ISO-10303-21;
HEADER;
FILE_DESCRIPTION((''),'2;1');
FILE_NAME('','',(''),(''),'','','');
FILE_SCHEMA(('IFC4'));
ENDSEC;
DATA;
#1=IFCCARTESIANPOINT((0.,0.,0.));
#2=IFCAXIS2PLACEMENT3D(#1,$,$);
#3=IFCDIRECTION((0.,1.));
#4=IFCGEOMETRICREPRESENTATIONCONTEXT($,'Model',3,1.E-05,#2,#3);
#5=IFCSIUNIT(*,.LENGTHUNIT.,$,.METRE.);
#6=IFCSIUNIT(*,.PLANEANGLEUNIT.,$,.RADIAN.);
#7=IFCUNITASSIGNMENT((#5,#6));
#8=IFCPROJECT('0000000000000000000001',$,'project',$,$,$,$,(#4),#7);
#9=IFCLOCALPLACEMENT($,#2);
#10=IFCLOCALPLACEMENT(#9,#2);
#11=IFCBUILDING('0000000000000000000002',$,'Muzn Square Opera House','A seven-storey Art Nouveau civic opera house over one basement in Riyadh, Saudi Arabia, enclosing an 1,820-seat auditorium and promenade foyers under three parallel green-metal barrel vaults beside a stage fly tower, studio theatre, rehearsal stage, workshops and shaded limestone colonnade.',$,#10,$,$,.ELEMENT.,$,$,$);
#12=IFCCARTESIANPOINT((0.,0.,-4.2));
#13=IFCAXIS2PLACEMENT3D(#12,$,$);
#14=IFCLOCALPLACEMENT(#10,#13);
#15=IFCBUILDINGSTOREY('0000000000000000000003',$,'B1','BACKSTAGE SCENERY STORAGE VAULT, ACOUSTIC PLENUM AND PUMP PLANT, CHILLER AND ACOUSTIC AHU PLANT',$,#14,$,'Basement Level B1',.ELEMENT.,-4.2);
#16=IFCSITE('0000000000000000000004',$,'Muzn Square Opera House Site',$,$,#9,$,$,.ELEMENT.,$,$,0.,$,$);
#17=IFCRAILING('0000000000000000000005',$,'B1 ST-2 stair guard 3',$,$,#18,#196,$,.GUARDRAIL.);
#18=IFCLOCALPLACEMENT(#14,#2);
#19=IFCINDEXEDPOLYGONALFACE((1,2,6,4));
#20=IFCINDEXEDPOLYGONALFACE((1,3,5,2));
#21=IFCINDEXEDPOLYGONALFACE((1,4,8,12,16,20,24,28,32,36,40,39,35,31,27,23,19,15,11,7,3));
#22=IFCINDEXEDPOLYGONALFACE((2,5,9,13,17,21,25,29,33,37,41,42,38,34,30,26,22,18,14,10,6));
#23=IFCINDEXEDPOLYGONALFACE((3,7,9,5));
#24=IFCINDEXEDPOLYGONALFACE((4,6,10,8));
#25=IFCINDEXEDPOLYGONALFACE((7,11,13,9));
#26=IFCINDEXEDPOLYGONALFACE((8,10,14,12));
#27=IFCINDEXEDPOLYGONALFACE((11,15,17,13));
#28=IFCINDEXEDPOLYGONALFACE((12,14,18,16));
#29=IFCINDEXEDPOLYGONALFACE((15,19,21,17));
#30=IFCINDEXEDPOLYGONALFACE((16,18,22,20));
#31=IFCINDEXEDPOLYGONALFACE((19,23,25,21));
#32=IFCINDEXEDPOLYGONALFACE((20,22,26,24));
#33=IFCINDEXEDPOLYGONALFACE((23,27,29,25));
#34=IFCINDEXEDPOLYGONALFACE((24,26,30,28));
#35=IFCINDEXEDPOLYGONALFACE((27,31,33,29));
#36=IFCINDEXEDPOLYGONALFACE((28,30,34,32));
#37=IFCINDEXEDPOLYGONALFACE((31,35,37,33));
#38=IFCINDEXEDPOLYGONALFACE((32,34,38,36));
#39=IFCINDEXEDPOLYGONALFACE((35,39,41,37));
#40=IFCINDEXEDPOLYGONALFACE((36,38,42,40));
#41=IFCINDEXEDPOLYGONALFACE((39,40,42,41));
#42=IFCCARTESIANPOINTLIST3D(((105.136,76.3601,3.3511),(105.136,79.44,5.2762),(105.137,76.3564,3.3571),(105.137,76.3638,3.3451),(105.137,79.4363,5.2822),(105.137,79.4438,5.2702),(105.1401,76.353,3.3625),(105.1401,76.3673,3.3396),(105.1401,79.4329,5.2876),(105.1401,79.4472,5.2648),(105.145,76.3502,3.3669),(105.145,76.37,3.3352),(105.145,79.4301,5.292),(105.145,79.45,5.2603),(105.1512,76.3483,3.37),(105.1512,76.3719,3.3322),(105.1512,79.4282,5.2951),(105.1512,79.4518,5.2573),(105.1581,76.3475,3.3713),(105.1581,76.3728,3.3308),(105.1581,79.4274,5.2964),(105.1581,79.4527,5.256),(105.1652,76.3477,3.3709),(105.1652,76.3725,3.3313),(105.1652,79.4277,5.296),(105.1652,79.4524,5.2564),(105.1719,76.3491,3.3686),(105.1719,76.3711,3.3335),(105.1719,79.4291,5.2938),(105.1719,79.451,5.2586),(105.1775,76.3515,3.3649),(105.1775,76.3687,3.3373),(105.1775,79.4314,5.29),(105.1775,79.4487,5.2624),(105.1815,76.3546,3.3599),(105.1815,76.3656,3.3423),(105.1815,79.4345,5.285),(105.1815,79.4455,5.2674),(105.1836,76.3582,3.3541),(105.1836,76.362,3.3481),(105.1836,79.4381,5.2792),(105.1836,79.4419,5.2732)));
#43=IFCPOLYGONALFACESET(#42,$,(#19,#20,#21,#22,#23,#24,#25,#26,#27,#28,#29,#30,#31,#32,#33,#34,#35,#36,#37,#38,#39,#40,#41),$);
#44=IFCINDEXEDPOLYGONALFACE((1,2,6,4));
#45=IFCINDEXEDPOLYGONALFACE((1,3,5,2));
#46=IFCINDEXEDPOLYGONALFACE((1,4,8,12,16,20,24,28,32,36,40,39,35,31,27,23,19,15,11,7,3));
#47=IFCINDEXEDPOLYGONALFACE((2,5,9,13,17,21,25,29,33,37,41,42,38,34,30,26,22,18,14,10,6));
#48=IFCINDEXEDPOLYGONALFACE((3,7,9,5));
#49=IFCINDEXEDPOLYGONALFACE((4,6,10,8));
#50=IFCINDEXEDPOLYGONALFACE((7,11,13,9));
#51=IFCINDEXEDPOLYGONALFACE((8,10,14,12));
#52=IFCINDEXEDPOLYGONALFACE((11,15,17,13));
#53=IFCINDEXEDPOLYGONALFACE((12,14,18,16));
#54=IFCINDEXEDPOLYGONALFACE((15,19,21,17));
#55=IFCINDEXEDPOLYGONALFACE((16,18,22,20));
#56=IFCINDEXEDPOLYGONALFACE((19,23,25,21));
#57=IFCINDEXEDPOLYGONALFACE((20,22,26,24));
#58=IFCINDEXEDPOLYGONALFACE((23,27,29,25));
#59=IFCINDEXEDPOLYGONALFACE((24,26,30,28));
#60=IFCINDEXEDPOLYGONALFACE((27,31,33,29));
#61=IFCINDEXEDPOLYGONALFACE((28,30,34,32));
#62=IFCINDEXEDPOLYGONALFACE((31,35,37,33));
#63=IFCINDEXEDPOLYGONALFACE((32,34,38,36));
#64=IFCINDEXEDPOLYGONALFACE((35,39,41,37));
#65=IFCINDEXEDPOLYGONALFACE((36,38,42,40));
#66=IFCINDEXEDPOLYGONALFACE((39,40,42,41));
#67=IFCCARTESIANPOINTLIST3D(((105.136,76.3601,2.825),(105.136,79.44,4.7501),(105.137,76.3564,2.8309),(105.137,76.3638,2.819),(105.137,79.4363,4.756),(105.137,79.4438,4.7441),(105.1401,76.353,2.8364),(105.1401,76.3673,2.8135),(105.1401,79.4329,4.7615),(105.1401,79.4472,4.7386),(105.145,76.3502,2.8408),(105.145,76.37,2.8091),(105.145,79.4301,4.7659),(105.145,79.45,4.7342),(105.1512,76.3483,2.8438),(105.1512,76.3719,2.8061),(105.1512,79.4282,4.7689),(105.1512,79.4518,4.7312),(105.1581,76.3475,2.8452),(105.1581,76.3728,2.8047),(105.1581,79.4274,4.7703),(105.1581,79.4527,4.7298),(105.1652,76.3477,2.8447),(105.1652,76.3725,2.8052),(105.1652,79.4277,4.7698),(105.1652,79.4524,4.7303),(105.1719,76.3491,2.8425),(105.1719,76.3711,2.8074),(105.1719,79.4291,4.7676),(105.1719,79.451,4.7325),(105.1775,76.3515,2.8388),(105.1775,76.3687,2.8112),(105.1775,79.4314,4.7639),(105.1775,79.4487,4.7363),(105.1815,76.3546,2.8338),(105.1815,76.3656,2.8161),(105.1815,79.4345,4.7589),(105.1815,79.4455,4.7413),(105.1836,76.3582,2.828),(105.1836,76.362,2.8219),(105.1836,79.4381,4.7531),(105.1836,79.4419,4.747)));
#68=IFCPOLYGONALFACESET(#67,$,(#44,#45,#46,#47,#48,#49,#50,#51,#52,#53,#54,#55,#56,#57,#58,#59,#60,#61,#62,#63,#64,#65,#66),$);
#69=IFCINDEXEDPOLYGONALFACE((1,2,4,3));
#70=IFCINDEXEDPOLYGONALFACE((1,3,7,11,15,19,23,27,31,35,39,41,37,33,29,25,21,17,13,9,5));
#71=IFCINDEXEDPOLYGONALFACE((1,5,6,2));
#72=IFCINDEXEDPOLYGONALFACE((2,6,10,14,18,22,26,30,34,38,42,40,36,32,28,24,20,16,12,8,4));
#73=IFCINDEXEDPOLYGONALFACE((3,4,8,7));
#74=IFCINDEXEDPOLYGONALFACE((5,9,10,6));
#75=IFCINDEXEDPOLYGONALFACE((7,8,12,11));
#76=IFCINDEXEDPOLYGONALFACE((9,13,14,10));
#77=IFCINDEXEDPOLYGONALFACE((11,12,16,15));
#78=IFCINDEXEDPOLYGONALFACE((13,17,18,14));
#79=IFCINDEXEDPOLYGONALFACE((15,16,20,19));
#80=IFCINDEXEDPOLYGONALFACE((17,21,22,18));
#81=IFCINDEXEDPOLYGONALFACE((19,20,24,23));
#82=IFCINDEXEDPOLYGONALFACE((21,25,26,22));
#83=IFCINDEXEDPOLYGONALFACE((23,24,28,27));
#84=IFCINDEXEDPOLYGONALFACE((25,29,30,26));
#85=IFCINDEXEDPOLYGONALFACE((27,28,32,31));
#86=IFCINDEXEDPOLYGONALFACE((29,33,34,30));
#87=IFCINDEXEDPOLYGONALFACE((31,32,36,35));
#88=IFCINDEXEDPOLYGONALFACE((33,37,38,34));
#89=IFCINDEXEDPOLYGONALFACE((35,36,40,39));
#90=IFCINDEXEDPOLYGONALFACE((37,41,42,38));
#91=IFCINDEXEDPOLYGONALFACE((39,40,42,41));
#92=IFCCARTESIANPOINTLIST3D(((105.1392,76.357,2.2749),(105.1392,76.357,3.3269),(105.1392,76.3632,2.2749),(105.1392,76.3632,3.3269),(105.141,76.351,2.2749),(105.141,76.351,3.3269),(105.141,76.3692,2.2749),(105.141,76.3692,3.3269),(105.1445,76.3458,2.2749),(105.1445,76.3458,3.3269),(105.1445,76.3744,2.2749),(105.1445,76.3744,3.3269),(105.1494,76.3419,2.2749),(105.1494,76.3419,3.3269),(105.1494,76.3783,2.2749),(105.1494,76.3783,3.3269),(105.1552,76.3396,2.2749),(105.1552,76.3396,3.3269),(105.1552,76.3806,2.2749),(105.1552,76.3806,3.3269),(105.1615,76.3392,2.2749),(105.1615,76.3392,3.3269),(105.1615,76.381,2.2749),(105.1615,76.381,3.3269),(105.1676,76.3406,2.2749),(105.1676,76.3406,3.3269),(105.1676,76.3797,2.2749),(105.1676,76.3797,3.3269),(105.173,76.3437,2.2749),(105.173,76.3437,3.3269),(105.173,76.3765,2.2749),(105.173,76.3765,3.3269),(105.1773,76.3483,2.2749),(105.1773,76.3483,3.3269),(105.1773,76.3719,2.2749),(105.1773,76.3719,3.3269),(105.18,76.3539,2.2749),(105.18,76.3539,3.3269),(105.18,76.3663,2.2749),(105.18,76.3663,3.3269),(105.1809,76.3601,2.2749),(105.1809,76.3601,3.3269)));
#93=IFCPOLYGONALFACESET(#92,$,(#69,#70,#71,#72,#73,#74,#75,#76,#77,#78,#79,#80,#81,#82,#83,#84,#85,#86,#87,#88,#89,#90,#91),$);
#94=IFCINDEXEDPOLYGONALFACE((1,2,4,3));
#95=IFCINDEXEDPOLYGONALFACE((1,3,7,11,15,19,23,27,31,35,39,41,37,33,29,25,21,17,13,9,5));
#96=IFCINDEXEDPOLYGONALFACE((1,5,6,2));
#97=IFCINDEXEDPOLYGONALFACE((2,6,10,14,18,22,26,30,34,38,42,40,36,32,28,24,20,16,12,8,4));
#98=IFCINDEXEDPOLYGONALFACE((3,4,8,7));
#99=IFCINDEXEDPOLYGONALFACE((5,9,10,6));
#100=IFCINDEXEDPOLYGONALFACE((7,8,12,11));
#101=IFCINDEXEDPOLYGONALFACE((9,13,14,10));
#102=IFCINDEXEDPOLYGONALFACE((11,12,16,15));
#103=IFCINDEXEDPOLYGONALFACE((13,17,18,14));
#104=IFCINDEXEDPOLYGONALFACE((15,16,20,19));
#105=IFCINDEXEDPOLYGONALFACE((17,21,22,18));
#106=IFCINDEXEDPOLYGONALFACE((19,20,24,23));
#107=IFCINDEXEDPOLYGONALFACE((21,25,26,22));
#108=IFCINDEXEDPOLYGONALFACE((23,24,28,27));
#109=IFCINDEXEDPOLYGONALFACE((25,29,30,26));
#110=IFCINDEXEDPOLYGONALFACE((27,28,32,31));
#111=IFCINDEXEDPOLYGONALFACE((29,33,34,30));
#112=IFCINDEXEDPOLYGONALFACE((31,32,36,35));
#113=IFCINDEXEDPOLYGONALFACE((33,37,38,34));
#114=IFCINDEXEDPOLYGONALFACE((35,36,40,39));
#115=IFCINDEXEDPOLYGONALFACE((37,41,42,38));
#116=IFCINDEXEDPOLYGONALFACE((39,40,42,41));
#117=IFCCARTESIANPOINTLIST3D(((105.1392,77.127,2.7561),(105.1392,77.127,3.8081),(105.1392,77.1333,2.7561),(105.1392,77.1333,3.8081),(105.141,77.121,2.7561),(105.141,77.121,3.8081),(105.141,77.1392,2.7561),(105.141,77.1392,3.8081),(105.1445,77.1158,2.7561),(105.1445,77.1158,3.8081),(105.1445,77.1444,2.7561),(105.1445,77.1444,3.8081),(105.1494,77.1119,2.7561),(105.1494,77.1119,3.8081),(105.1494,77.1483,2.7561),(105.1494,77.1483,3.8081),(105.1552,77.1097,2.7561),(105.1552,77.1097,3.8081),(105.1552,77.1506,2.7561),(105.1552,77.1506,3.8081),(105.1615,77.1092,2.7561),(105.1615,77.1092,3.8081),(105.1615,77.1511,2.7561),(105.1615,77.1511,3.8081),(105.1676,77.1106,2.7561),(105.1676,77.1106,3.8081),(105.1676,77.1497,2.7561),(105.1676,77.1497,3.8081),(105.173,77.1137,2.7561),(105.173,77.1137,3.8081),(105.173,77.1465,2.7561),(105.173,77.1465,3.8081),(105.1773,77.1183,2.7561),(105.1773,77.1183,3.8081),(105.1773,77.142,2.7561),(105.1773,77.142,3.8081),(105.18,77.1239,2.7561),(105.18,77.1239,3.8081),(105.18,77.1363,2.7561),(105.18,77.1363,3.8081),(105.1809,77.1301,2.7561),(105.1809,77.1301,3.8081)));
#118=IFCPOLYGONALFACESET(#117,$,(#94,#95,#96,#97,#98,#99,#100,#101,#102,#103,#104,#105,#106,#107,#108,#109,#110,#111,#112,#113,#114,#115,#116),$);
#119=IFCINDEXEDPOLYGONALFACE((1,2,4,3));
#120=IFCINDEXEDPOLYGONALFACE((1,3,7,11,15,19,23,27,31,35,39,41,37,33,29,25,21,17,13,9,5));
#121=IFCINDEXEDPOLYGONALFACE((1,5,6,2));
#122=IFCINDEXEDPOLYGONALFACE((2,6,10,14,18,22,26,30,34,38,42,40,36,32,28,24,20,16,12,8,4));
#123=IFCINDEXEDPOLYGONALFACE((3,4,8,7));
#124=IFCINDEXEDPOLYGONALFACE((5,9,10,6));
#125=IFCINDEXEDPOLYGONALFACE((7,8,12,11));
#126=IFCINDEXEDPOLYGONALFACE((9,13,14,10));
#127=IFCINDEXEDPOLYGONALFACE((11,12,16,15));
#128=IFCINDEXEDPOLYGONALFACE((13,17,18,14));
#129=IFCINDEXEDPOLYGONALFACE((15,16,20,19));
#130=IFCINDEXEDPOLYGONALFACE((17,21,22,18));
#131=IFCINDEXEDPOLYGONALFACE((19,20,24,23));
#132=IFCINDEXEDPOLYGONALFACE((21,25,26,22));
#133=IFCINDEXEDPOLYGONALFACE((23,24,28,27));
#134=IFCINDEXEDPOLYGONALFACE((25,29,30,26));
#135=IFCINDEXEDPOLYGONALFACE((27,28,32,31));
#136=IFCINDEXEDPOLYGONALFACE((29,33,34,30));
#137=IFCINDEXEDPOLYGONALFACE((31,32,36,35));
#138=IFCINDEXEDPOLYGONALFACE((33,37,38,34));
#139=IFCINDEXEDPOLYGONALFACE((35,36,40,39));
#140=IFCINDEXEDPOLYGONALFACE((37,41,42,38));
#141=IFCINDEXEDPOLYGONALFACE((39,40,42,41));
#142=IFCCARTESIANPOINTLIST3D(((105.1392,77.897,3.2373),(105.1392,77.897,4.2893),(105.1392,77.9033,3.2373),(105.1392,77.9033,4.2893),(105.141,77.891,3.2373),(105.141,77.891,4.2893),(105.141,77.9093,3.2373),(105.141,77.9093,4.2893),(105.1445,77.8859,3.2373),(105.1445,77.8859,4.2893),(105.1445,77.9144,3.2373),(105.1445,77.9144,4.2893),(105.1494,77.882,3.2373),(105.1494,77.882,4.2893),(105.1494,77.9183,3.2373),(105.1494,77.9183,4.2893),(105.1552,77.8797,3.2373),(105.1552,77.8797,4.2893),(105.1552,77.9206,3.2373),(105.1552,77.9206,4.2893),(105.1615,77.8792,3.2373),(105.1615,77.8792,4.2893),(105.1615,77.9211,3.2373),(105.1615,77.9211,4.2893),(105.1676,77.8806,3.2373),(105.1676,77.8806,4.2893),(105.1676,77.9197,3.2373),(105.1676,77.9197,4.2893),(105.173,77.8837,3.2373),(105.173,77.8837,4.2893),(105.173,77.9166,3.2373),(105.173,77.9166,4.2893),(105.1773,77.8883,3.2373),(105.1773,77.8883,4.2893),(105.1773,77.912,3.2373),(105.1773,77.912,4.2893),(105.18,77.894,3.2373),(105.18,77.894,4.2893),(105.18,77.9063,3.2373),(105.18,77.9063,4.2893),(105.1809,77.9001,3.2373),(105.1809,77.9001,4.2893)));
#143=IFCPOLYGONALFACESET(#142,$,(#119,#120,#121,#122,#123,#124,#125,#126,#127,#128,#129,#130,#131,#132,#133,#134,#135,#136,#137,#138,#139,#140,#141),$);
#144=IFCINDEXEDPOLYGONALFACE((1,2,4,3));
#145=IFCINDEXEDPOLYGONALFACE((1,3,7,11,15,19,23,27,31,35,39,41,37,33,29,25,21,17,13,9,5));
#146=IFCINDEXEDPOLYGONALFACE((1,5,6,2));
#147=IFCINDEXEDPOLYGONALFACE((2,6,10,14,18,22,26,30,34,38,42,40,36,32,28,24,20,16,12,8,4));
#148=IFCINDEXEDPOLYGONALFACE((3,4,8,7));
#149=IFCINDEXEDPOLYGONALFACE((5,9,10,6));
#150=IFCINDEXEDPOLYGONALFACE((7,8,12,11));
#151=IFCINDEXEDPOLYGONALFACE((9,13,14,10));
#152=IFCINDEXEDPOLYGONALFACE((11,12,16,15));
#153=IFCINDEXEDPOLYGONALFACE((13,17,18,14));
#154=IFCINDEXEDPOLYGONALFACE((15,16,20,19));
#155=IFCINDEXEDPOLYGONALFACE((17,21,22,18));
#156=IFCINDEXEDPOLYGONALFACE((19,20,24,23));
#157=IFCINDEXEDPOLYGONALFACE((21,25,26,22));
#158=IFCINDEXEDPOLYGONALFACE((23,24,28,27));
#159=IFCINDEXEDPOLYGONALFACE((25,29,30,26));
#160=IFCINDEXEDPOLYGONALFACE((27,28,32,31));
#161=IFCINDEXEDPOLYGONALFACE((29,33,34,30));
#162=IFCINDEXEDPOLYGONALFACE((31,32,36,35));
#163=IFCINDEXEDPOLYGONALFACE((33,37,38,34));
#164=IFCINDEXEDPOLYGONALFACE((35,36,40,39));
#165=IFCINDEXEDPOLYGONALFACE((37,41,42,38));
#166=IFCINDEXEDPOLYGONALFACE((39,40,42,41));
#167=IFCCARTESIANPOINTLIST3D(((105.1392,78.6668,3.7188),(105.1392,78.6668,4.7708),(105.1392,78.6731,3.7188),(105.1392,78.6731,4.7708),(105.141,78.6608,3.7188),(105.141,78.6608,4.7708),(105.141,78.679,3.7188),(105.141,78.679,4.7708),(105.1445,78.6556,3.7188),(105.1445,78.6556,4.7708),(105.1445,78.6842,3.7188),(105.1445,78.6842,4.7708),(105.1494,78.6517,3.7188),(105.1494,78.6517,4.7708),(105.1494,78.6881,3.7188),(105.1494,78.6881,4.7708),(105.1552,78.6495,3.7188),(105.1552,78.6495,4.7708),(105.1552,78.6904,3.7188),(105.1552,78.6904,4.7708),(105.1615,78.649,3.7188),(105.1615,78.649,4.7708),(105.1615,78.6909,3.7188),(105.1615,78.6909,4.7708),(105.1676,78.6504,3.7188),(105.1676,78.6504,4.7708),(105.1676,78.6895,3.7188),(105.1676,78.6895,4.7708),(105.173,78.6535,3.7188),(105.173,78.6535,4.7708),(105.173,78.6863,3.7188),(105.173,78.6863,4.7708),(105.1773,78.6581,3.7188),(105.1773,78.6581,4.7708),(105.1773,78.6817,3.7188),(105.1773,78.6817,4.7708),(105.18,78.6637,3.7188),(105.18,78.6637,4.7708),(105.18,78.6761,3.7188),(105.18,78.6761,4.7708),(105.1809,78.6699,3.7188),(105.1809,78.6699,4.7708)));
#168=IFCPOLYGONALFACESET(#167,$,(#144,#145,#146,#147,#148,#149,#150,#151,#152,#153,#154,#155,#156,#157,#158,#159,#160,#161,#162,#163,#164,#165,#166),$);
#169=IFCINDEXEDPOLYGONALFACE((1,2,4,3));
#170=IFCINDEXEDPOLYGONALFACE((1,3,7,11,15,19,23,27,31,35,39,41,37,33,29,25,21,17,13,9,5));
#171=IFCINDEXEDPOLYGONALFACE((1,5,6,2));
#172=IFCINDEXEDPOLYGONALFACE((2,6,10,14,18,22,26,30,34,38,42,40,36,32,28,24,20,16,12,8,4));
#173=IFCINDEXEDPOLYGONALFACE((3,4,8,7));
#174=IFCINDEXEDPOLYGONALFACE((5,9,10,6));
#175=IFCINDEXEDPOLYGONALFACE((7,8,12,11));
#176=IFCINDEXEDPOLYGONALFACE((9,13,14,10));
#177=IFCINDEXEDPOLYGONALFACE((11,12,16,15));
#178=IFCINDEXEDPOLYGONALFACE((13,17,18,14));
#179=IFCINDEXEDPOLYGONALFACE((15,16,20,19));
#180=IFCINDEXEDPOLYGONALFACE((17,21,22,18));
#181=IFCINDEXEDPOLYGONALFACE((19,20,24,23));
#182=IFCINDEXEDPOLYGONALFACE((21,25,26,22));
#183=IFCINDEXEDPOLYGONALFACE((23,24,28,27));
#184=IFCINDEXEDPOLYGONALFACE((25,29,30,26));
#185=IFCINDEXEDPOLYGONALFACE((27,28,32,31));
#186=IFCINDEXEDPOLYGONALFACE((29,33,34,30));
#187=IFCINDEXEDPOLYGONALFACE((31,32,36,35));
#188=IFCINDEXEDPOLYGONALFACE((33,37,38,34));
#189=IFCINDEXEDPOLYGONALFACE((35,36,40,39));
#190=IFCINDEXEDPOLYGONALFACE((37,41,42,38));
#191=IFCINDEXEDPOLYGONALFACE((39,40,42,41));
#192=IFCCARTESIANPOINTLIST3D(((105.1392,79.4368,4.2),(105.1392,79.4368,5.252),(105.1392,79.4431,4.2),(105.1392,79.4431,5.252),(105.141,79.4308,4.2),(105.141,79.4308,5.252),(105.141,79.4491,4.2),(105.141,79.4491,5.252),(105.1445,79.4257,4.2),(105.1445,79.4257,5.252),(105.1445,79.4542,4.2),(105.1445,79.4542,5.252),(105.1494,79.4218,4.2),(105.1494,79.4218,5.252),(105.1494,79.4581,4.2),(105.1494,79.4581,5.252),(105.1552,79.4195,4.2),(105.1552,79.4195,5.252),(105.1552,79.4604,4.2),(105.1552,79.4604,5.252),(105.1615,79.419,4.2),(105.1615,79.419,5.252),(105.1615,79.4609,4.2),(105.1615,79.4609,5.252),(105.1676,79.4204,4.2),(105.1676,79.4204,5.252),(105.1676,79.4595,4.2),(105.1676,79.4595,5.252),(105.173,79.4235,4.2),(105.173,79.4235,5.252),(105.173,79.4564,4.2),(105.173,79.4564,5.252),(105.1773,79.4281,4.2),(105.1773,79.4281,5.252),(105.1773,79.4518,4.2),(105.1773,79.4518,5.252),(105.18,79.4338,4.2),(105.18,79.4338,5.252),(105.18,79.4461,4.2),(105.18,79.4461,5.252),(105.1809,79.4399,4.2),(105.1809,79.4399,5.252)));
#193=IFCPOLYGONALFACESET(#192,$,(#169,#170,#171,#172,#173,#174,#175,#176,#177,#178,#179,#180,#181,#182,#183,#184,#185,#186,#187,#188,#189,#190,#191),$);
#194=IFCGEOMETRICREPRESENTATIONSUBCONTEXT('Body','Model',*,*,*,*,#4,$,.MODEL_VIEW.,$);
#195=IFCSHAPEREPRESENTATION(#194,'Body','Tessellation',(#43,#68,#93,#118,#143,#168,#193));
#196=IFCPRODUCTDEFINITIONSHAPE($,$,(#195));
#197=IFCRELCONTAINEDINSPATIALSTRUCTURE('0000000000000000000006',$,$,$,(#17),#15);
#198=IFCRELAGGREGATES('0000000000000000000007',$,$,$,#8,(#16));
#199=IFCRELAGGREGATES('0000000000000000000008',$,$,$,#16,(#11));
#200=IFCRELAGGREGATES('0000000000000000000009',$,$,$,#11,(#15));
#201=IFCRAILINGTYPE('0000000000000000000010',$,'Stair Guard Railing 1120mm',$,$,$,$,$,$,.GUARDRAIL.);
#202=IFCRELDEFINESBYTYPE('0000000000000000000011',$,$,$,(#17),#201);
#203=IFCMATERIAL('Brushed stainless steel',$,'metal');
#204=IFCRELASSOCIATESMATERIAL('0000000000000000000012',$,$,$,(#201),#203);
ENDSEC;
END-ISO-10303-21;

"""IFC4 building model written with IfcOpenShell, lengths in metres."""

from ifc_helpers import new_model, si_unit, direction, frame, origin, origin_2d, place, context, subcontext, project, spatial, circle, extrude, material, type_object, element, save


model = new_model("IFC4")

# Units and contexts
model_context = context("Model", 3, precision=1e-05, world=origin(), true_north=direction((0.0, 1.0)))
body_context = subcontext(model_context, "Body", "Model", "MODEL_VIEW")
ifc_project = project(units=[si_unit("LENGTHUNIT", "METRE"), si_unit("PLANEANGLEUNIT", "RADIAN")], contexts=[model_context])

# Site, building, storey
site_placement = place(None, origin())
site = spatial("IfcSite", under=ifc_project, at=site_placement, Name="Muzn Square Opera House Site", CompositionType="ELEMENT", RefElevation=0.0)
building_placement = place(site_placement, origin())
building = spatial("IfcBuilding", under=site, at=building_placement, Name="Muzn Square Opera House", Description="A seven-storey Art Nouveau civic opera house over one basement in Riyadh, Saudi Arabia, enclosing an 1,820-seat auditorium and promenade foyers under three parallel green-metal barrel vaults beside a stage fly tower, studio theatre, rehearsal stage, workshops and shaded limestone colonnade.", CompositionType="ELEMENT")
storey_placement = place(building_placement, frame((0.0, 0.0, -4.2)))
storey = spatial("IfcBuildingStorey", under=building, at=storey_placement, Name="B1", Description="BACKSTAGE SCENERY STORAGE VAULT, ACOUSTIC PLENUM AND PUMP PLANT, CHILLER AND ACOUSTIC AHU PLANT", LongName="Basement Level B1", CompositionType="ELEMENT", Elevation=-4.2)

# Railing
ifc_material_1 = material(Name="Brushed stainless steel", Category="metal")
railing_type_1 = type_object("IfcRailingType", Name="Stair Guard Railing 1120mm", PredefinedType="GUARDRAIL", material=ifc_material_1)
railing_1_placement = place(storey_placement, frame((105.1599, 76.3601, 2.2749)))
element("IfcRailing", 1, at=railing_1_placement, inside=storey, type_object=railing_type_1, Name="B1 ST-2 stair guard 3", PredefinedType="GUARDRAIL", context=body_context, shape_type="SweptSolid", body=[
    extrude(circle(Radius=0.0239, at=origin_2d()), frame((0.0, 0.0, 1.0762), z_axis=(0.0, 0.847979, 0.530029), x_axis=(-1.0, 0.0, 0.0)), (0.0, 0.0, 1.0), 3.6321),
    extrude(circle(Radius=0.0239, at=origin_2d()), frame((0.0, 0.0, 0.55), z_axis=(0.0, 0.847979, 0.530029), x_axis=(-1.0, 0.0, 0.0)), (0.0, 0.0, 1.0), 3.6321),
    extrude(circle(Radius=0.021, at=origin_2d()), origin(), (0.0, 0.0, 1.0), 1.052),
    extrude(circle(Radius=0.021, at=origin_2d()), frame((0.0, 0.77, 0.4812)), (0.0, 0.0, 1.0), 1.052),
    extrude(circle(Radius=0.021, at=origin_2d()), frame((0.0, 1.54, 0.9624)), (0.0, 0.0, 1.0), 1.052),
    extrude(circle(Radius=0.021, at=origin_2d()), frame((0.0, 2.3098, 1.4438)), (0.0, 0.0, 1.0), 1.052),
    extrude(circle(Radius=0.021, at=origin_2d()), frame((0.0, 3.0798, 1.925)), (0.0, 0.0, 1.0), 1.052),
])

save(model, "model.ifc")
